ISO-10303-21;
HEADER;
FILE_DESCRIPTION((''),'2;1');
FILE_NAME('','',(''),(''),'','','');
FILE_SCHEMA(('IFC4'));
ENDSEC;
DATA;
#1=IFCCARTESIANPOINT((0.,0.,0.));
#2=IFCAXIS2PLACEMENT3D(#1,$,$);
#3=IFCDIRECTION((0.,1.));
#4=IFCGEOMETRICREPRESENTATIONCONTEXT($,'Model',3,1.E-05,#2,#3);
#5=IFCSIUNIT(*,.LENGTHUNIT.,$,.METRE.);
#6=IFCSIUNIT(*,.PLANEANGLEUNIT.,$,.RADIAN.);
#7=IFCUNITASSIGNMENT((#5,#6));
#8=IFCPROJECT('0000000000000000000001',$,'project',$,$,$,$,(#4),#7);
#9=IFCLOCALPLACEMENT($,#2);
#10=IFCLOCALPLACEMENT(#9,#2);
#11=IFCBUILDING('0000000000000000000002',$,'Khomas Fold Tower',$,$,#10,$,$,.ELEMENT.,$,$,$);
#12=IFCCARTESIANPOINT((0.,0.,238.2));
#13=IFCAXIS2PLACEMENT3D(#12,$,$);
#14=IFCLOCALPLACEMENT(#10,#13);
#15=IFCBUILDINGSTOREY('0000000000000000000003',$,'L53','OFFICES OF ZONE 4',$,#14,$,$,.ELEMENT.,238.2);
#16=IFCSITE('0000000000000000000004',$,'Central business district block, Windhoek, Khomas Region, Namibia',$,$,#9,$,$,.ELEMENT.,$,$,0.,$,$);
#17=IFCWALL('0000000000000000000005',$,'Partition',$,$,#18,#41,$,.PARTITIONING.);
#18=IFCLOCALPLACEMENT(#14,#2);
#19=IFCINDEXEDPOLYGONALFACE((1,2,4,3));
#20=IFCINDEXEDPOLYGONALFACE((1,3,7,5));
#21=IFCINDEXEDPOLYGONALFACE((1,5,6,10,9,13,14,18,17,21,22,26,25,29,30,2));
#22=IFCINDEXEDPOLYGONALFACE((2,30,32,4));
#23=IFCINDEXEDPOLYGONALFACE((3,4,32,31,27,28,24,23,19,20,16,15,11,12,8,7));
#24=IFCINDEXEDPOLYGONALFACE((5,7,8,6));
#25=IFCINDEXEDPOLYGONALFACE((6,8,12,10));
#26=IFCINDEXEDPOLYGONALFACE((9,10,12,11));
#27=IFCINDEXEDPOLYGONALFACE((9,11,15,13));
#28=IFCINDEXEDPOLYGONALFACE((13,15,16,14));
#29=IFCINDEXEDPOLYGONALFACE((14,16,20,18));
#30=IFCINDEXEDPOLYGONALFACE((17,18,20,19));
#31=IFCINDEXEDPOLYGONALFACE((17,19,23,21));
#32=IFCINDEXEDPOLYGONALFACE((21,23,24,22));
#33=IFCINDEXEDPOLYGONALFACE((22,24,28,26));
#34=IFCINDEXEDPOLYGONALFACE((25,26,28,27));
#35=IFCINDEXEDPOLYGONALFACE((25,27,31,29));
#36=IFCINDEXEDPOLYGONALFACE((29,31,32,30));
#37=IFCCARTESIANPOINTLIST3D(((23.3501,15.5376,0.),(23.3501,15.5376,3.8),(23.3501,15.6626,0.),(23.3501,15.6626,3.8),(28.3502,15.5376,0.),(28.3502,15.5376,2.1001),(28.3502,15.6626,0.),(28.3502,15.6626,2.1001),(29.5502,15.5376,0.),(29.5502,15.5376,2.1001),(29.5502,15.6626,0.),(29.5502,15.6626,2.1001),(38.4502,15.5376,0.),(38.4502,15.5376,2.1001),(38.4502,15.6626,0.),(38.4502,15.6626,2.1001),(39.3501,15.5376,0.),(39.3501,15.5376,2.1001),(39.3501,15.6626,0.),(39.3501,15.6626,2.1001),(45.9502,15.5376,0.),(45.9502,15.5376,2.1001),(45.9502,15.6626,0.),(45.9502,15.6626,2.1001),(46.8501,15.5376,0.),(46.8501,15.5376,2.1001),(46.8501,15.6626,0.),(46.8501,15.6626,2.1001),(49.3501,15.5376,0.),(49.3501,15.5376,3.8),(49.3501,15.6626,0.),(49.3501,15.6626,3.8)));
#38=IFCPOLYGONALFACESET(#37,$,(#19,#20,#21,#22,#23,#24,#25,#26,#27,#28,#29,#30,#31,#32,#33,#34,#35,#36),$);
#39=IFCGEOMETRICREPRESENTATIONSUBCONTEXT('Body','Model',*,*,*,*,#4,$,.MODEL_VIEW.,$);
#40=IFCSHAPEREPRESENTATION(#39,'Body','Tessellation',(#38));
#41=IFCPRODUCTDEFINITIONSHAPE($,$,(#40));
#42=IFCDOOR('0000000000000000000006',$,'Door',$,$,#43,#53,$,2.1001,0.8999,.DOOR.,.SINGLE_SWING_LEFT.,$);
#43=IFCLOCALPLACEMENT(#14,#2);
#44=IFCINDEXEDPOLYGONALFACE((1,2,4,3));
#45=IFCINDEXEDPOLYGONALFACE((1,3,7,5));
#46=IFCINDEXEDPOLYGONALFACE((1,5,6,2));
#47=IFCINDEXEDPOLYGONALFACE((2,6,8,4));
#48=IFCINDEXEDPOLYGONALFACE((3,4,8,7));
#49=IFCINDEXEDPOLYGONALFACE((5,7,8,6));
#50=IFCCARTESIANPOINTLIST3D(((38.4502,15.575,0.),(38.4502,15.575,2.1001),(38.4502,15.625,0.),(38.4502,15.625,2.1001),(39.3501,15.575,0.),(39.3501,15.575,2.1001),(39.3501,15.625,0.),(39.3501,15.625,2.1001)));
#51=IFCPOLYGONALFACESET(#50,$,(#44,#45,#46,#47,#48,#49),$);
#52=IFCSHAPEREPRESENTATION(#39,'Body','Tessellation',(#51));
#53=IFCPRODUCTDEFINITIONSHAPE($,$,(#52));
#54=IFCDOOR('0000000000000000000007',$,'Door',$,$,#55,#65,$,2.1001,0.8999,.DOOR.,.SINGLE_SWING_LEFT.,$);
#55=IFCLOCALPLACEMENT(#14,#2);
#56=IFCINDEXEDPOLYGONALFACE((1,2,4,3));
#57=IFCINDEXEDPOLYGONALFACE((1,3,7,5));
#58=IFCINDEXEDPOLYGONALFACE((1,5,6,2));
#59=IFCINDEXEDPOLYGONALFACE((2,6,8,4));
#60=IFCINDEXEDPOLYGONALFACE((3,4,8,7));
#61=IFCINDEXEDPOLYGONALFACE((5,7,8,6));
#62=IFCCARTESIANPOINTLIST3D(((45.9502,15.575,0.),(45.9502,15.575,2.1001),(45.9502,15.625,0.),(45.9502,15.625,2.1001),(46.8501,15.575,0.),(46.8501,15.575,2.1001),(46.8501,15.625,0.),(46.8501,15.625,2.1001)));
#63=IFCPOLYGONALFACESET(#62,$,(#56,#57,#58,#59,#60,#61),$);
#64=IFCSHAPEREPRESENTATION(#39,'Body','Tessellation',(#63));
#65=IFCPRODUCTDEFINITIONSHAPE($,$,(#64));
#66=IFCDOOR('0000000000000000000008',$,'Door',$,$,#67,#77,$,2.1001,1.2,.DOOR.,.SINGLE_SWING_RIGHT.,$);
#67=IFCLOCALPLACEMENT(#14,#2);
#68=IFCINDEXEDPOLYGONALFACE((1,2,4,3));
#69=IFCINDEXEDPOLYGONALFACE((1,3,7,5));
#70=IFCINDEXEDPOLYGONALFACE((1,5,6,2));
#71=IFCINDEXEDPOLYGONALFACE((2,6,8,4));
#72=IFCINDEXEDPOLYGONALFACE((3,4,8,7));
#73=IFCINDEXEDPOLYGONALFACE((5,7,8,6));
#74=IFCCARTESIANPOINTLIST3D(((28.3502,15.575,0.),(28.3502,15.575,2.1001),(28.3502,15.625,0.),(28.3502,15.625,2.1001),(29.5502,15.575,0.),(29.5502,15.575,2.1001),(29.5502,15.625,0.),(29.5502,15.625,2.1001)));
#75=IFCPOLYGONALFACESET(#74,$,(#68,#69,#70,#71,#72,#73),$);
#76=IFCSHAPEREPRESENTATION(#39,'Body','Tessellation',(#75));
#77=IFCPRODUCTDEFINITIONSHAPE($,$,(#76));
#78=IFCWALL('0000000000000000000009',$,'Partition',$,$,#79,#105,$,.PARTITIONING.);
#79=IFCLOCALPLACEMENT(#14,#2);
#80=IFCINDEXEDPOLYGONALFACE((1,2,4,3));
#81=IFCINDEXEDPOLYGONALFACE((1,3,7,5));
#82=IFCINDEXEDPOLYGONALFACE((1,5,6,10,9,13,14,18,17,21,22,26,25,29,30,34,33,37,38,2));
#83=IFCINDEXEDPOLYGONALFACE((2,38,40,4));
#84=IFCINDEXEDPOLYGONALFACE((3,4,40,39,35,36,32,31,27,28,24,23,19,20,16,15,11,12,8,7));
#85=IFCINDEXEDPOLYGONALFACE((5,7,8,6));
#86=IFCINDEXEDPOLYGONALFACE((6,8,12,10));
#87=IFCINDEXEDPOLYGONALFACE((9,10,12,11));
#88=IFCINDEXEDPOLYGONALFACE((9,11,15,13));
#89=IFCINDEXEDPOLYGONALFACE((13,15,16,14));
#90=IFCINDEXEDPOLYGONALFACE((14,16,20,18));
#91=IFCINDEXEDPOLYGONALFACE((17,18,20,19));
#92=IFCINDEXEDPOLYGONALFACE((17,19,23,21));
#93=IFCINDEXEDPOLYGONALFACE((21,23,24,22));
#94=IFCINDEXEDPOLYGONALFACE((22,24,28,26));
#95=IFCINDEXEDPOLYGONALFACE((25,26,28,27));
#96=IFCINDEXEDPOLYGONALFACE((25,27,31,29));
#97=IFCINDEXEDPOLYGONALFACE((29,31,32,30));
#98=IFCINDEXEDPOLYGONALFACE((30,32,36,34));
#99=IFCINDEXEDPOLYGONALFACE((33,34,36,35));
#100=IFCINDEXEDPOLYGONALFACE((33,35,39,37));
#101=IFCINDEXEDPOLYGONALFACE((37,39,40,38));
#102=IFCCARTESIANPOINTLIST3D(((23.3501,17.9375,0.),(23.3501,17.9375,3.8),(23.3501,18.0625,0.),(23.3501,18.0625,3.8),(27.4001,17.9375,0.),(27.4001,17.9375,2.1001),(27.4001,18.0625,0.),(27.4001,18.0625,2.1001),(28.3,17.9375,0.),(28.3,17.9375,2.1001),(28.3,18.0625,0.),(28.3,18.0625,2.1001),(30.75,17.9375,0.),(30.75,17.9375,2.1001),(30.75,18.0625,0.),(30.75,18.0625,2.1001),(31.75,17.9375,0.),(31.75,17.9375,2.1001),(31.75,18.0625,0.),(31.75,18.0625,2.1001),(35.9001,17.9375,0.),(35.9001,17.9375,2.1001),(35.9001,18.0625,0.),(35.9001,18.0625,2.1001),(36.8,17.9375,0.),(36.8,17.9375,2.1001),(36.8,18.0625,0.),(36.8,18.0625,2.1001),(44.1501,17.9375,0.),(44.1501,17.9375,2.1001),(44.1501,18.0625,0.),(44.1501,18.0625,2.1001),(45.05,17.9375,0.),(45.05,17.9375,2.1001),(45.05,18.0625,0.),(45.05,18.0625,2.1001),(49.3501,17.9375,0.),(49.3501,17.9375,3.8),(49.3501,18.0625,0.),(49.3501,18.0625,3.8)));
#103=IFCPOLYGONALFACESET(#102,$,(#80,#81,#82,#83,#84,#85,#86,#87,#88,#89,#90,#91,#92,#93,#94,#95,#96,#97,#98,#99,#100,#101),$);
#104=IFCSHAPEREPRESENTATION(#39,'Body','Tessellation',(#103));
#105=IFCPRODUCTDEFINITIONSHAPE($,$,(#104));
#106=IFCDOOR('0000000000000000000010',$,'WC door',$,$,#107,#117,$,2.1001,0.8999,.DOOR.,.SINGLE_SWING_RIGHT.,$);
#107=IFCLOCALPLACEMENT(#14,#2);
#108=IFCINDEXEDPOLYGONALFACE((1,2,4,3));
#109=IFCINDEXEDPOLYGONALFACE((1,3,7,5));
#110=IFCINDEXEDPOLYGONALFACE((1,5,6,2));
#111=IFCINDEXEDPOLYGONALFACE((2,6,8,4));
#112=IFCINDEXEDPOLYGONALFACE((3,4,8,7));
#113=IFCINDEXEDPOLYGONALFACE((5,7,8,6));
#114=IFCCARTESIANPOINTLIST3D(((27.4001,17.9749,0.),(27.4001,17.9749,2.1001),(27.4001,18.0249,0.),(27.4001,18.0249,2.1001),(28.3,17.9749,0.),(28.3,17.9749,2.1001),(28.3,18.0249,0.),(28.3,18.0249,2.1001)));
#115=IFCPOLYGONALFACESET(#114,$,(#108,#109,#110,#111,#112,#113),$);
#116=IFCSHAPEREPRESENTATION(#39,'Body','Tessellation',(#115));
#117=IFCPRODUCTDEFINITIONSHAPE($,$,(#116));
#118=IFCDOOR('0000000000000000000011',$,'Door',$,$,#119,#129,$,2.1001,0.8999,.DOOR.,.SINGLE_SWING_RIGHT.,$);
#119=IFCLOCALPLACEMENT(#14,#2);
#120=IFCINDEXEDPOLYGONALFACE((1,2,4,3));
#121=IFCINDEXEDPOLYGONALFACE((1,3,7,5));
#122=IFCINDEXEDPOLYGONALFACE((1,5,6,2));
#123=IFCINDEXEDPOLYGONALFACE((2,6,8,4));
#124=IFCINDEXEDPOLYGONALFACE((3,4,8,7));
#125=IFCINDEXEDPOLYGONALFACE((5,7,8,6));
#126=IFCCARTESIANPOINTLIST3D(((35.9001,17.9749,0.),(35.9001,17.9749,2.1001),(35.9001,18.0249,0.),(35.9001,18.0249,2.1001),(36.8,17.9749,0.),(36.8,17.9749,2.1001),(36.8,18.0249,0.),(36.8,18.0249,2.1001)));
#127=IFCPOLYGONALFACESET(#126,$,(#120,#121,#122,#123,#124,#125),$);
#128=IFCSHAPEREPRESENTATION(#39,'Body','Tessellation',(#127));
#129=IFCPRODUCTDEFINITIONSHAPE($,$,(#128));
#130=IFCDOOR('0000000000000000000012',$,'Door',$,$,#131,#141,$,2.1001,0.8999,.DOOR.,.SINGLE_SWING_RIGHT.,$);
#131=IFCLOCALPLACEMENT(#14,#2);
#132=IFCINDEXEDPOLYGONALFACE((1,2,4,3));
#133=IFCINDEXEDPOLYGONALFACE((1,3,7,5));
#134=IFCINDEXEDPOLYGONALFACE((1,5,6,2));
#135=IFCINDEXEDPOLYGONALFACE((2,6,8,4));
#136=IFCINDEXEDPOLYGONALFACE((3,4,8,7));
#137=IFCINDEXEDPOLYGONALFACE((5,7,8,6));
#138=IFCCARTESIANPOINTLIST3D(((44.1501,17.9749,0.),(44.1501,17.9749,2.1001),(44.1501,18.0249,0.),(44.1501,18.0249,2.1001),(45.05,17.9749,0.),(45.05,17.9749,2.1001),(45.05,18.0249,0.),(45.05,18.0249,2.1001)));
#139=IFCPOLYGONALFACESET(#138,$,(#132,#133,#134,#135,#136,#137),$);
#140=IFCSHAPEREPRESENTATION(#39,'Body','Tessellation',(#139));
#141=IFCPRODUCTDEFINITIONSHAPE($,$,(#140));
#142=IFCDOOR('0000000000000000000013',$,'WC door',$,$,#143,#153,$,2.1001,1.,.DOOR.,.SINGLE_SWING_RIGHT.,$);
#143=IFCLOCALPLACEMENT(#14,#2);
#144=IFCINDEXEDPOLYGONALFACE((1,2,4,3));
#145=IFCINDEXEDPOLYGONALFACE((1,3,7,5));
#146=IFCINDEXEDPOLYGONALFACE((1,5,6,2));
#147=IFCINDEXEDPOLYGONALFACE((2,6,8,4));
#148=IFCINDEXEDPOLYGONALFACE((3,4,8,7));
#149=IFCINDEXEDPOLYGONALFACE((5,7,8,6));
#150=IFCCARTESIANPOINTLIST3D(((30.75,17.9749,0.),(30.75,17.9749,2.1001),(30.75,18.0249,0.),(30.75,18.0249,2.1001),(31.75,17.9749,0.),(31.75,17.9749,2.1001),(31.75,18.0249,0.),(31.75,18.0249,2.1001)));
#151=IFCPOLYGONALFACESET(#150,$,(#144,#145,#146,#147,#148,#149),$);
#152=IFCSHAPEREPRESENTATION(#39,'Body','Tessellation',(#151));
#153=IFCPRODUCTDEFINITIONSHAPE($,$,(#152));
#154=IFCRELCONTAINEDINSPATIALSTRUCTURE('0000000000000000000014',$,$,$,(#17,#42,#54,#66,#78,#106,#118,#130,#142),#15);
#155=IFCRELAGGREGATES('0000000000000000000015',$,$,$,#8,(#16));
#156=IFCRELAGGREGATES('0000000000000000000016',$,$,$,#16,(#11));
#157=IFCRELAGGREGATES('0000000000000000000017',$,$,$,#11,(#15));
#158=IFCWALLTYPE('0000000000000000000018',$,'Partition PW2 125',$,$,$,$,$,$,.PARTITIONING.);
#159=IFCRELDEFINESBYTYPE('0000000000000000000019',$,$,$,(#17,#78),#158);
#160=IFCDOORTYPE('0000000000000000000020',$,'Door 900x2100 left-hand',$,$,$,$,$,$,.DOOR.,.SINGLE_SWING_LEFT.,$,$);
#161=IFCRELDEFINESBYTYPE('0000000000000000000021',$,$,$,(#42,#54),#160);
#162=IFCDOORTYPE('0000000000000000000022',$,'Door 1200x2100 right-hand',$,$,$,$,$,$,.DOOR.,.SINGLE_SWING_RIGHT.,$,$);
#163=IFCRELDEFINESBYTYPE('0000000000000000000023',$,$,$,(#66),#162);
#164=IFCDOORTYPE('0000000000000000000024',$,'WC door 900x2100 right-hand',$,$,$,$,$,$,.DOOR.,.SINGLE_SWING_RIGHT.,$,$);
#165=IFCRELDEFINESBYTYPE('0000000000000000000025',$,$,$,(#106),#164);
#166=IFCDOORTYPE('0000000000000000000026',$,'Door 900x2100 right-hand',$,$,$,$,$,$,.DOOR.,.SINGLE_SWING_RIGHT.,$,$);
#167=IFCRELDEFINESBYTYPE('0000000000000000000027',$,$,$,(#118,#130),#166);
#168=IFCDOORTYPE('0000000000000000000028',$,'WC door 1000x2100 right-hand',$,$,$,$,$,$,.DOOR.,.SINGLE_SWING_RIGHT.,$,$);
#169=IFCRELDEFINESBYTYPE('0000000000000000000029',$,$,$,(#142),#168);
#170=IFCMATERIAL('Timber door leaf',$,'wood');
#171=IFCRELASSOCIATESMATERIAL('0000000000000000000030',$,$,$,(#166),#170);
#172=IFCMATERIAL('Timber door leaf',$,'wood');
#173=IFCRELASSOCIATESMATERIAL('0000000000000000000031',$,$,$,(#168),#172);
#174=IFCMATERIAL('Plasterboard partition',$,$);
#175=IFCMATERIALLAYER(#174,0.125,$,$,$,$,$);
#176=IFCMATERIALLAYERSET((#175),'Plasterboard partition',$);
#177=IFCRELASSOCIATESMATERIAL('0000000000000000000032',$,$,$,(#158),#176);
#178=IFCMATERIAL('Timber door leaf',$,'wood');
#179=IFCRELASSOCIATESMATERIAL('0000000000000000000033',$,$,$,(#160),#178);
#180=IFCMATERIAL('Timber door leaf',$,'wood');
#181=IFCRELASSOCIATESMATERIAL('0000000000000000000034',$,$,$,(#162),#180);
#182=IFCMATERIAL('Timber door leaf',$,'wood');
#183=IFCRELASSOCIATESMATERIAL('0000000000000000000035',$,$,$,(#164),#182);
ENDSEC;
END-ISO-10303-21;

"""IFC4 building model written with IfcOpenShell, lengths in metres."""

from ifc_helpers import new_model, si_unit, direction, frame, frame_2d, origin, place, context, subcontext, project, spatial, rectangle, extrude, source, transform, mapped, material, layer, layer_set, type_object, element, fill, save


model = new_model("IFC4")

# Units and contexts
model_context = context("Model", 3, precision=1e-05, world=origin(), true_north=direction((0.0, 1.0)))
body_context = subcontext(model_context, "Body", "Model", "MODEL_VIEW")
ifc_project = project(units=[si_unit("LENGTHUNIT", "METRE"), si_unit("PLANEANGLEUNIT", "RADIAN")], contexts=[model_context])

# Site, building, storey
site_placement = place(None, origin())
site = spatial("IfcSite", under=ifc_project, at=site_placement, Name="Central business district block, Windhoek, Khomas Region, Namibia", CompositionType="ELEMENT", RefElevation=0.0)
building_placement = place(site_placement, origin())
building = spatial("IfcBuilding", under=site, at=building_placement, Name="Khomas Fold Tower", CompositionType="ELEMENT")
storey_placement = place(building_placement, frame((0.0, 0.0, 238.2)))
storey = spatial("IfcBuildingStorey", under=building, at=storey_placement, Name="L53", Description="OFFICES OF ZONE 4", CompositionType="ELEMENT", Elevation=238.2)

# Walls, openings, doors
ifc_material_1 = material(Name="Timber door leaf", Category="wood")
door_type_1 = type_object("IfcDoorType", Name="Door 900x2100 right-hand", OperationType="SINGLE_SWING_RIGHT", PredefinedType="DOOR", material=ifc_material_1)
ifc_material_2 = material(Name="Timber door leaf", Category="wood")
door_type_2 = type_object("IfcDoorType", Name="WC door 1000x2100 right-hand", OperationType="SINGLE_SWING_RIGHT", PredefinedType="DOOR", material=ifc_material_2)
ifc_material_3 = material(Name="Plasterboard partition")
ifc_layer_1 = layer(ifc_material_3, 0.125)
ifc_layer_set_1 = layer_set([ifc_layer_1], Name="Plasterboard partition")
wall_type_1 = type_object("IfcWallType", Name="Partition PW2 125", PredefinedType="PARTITIONING", material=ifc_layer_set_1)
shared_shape_1 = source(origin(), body_context, "Body", "SweptSolid", [
    extrude(rectangle(XDim=26.0, YDim=0.125, at=frame_2d((13.0, 0.0))), origin(), (0.0, 0.0, 1.0), 3.8),
])
wall_1_placement = place(storey_placement, frame((23.3501, 15.6001, 0.0), z_axis=(0.0, 0.0, 1.0), x_axis=(1.0, 0.0, 0.0)))
wall_1 = element("IfcWall", 1, at=wall_1_placement, inside=storey, type_object=wall_type_1, Name="Partition", PredefinedType="PARTITIONING", context=body_context, shape_type="MappedRepresentation", body=[
    mapped(shared_shape_1, transform((0.0, 0.0, 0.0))),
])
shared_shape_2 = source(origin(), body_context, "Body", "SweptSolid", [
    extrude(rectangle(XDim=1.2, YDim=2.1001, at=frame_2d((0.6001, 1.05))), frame((0.0, 0.0725, 0.0), z_axis=(0.0, -1.0, 0.0), x_axis=(1.0, 0.0, 0.0)), (0.0, 0.0, 1.0), 0.145),
])
opening_1_placement = place(wall_1_placement, frame((5.0, 0.0, 0.0)))
opening_1 = element("IfcOpeningElement", 2, at=opening_1_placement, cuts=wall_1, PredefinedType="OPENING", context=body_context, shape_type="MappedRepresentation", body=[
    mapped(shared_shape_2, transform((0.0, 0.0, 0.0))),
])
shared_shape_3 = source(origin(), body_context, "Body", "SweptSolid", [
    extrude(rectangle(XDim=0.8999, YDim=2.1001, at=frame_2d((0.45, 1.05))), frame((0.0, 0.0725, 0.0), z_axis=(0.0, -1.0, 0.0), x_axis=(1.0, 0.0, 0.0)), (0.0, 0.0, 1.0), 0.145),
])
opening_2_placement = place(wall_1_placement, frame((15.1001, 0.0, 0.0)))
opening_2 = element("IfcOpeningElement", 3, at=opening_2_placement, cuts=wall_1, PredefinedType="OPENING", context=body_context, shape_type="MappedRepresentation", body=[
    mapped(shared_shape_3, transform((0.0, 0.0, 0.0))),
])
opening_3_placement = place(wall_1_placement, frame((22.6001, 0.0, 0.0)))
opening_3 = element("IfcOpeningElement", 4, at=opening_3_placement, cuts=wall_1, PredefinedType="OPENING", context=body_context, shape_type="MappedRepresentation", body=[
    mapped(shared_shape_3, transform((0.0, 0.0, 0.0))),
])
ifc_material_4 = material(Name="Timber door leaf", Category="wood")
door_type_3 = type_object("IfcDoorType", Name="Door 900x2100 left-hand", OperationType="SINGLE_SWING_LEFT", PredefinedType="DOOR", material=ifc_material_4)
shared_shape_4 = source(origin(), body_context, "Body", "SweptSolid", [
    extrude(rectangle(XDim=0.8999, YDim=2.1001, at=frame_2d((0.45, 1.05))), frame((0.0, 0.0249, 0.0), z_axis=(0.0, -1.0, 0.0), x_axis=(1.0, 0.0, 0.0)), (0.0, 0.0, 1.0), 0.05),
])
door_1_placement = place(opening_2_placement, origin())
door_1 = element("IfcDoor", 5, at=door_1_placement, inside=storey, type_object=door_type_3, Name="Door", OperationType="SINGLE_SWING_LEFT", OverallHeight=2.1001, OverallWidth=0.8999, PredefinedType="DOOR", context=body_context, shape_type="MappedRepresentation", body=[
    mapped(shared_shape_4, transform((0.0, 0.0, 0.0))),
])
fill(opening_2, door_1)
door_2_placement = place(opening_3_placement, origin())
door_2 = element("IfcDoor", 6, at=door_2_placement, inside=storey, type_object=door_type_3, Name="Door", OperationType="SINGLE_SWING_LEFT", OverallHeight=2.1001, OverallWidth=0.8999, PredefinedType="DOOR", context=body_context, shape_type="MappedRepresentation", body=[
    mapped(shared_shape_4, transform((0.0, 0.0, 0.0))),
])
fill(opening_3, door_2)
ifc_material_5 = material(Name="Timber door leaf", Category="wood")
door_type_4 = type_object("IfcDoorType", Name="Door 1200x2100 right-hand", OperationType="SINGLE_SWING_RIGHT", PredefinedType="DOOR", material=ifc_material_5)
shared_shape_5 = source(origin(), body_context, "Body", "SweptSolid", [
    extrude(rectangle(XDim=1.2, YDim=2.1001, at=frame_2d((0.6001, 1.05))), frame((0.0, 0.0249, 0.0), z_axis=(0.0, -1.0, 0.0), x_axis=(1.0, 0.0, 0.0)), (0.0, 0.0, 1.0), 0.05),
])
door_3_placement = place(opening_1_placement, origin())
door_3 = element("IfcDoor", 7, at=door_3_placement, inside=storey, type_object=door_type_4, Name="Door", OperationType="SINGLE_SWING_RIGHT", OverallHeight=2.1001, OverallWidth=1.2, PredefinedType="DOOR", context=body_context, shape_type="MappedRepresentation", body=[
    mapped(shared_shape_5, transform((0.0, 0.0, 0.0))),
])
fill(opening_1, door_3)
wall_2_placement = place(storey_placement, frame((23.3501, 18.0, 0.0), z_axis=(0.0, 0.0, 1.0), x_axis=(1.0, 0.0, 0.0)))
wall_2 = element("IfcWall", 8, at=wall_2_placement, inside=storey, type_object=wall_type_1, Name="Partition", PredefinedType="PARTITIONING", context=body_context, shape_type="MappedRepresentation", body=[
    mapped(shared_shape_1, transform((0.0, 0.0, 0.0))),
])
opening_4_placement = place(wall_2_placement, frame((4.05, 0.0, 0.0)))
opening_4 = element("IfcOpeningElement", 9, at=opening_4_placement, cuts=wall_2, PredefinedType="OPENING", context=body_context, shape_type="MappedRepresentation", body=[
    mapped(shared_shape_3, transform((0.0, 0.0, 0.0))),
])
shared_shape_6 = source(origin(), body_context, "Body", "SweptSolid", [
    extrude(rectangle(XDim=1.0, YDim=2.1001, at=frame_2d((0.5, 1.05))), frame((0.0, 0.0725, 0.0), z_axis=(0.0, -1.0, 0.0), x_axis=(1.0, 0.0, 0.0)), (0.0, 0.0, 1.0), 0.145),
])
opening_5_placement = place(wall_2_placement, frame((7.3999, 0.0, 0.0)))
opening_5 = element("IfcOpeningElement", 10, at=opening_5_placement, cuts=wall_2, PredefinedType="OPENING", context=body_context, shape_type="MappedRepresentation", body=[
    mapped(shared_shape_6, transform((0.0, 0.0, 0.0))),
])
opening_6_placement = place(wall_2_placement, frame((12.55, 0.0, 0.0)))
opening_6 = element("IfcOpeningElement", 11, at=opening_6_placement, cuts=wall_2, PredefinedType="OPENING", context=body_context, shape_type="MappedRepresentation", body=[
    mapped(shared_shape_3, transform((0.0, 0.0, 0.0))),
])
opening_7_placement = place(wall_2_placement, frame((20.8, 0.0, 0.0)))
opening_7 = element("IfcOpeningElement", 12, at=opening_7_placement, cuts=wall_2, PredefinedType="OPENING", context=body_context, shape_type="MappedRepresentation", body=[
    mapped(shared_shape_3, transform((0.0, 0.0, 0.0))),
])
ifc_material_6 = material(Name="Timber door leaf", Category="wood")
door_type_5 = type_object("IfcDoorType", Name="WC door 900x2100 right-hand", OperationType="SINGLE_SWING_RIGHT", PredefinedType="DOOR", material=ifc_material_6)
door_4_placement = place(opening_4_placement, origin())
door_4 = element("IfcDoor", 13, at=door_4_placement, inside=storey, type_object=door_type_5, Name="WC door", OperationType="SINGLE_SWING_RIGHT", OverallHeight=2.1001, OverallWidth=0.8999, PredefinedType="DOOR", context=body_context, shape_type="MappedRepresentation", body=[
    mapped(shared_shape_4, transform((0.0, 0.0, 0.0))),
])
fill(opening_4, door_4)
door_5_placement = place(opening_6_placement, origin())
door_5 = element("IfcDoor", 14, at=door_5_placement, inside=storey, type_object=door_type_1, Name="Door", OperationType="SINGLE_SWING_RIGHT", OverallHeight=2.1001, OverallWidth=0.8999, PredefinedType="DOOR", context=body_context, shape_type="MappedRepresentation", body=[
    mapped(shared_shape_4, transform((0.0, 0.0, 0.0))),
])
fill(opening_6, door_5)
door_6_placement = place(opening_7_placement, origin())
door_6 = element("IfcDoor", 15, at=door_6_placement, inside=storey, type_object=door_type_1, Name="Door", OperationType="SINGLE_SWING_RIGHT", OverallHeight=2.1001, OverallWidth=0.8999, PredefinedType="DOOR", context=body_context, shape_type="MappedRepresentation", body=[
    mapped(shared_shape_4, transform((0.0, 0.0, 0.0))),
])
fill(opening_7, door_6)
shared_shape_7 = source(origin(), body_context, "Body", "SweptSolid", [
    extrude(rectangle(XDim=1.0, YDim=2.1001, at=frame_2d((0.5, 1.05))), frame((0.0, 0.0249, 0.0), z_axis=(0.0, -1.0, 0.0), x_axis=(1.0, 0.0, 0.0)), (0.0, 0.0, 1.0), 0.05),
])
door_7_placement = place(opening_5_placement, origin())
door_7 = element("IfcDoor", 16, at=door_7_placement, inside=storey, type_object=door_type_2, Name="WC door", OperationType="SINGLE_SWING_RIGHT", OverallHeight=2.1001, OverallWidth=1.0, PredefinedType="DOOR", context=body_context, shape_type="MappedRepresentation", body=[
    mapped(shared_shape_7, transform((0.0, 0.0, 0.0))),
])
fill(opening_5, door_7)

save(model, "model.ifc")
